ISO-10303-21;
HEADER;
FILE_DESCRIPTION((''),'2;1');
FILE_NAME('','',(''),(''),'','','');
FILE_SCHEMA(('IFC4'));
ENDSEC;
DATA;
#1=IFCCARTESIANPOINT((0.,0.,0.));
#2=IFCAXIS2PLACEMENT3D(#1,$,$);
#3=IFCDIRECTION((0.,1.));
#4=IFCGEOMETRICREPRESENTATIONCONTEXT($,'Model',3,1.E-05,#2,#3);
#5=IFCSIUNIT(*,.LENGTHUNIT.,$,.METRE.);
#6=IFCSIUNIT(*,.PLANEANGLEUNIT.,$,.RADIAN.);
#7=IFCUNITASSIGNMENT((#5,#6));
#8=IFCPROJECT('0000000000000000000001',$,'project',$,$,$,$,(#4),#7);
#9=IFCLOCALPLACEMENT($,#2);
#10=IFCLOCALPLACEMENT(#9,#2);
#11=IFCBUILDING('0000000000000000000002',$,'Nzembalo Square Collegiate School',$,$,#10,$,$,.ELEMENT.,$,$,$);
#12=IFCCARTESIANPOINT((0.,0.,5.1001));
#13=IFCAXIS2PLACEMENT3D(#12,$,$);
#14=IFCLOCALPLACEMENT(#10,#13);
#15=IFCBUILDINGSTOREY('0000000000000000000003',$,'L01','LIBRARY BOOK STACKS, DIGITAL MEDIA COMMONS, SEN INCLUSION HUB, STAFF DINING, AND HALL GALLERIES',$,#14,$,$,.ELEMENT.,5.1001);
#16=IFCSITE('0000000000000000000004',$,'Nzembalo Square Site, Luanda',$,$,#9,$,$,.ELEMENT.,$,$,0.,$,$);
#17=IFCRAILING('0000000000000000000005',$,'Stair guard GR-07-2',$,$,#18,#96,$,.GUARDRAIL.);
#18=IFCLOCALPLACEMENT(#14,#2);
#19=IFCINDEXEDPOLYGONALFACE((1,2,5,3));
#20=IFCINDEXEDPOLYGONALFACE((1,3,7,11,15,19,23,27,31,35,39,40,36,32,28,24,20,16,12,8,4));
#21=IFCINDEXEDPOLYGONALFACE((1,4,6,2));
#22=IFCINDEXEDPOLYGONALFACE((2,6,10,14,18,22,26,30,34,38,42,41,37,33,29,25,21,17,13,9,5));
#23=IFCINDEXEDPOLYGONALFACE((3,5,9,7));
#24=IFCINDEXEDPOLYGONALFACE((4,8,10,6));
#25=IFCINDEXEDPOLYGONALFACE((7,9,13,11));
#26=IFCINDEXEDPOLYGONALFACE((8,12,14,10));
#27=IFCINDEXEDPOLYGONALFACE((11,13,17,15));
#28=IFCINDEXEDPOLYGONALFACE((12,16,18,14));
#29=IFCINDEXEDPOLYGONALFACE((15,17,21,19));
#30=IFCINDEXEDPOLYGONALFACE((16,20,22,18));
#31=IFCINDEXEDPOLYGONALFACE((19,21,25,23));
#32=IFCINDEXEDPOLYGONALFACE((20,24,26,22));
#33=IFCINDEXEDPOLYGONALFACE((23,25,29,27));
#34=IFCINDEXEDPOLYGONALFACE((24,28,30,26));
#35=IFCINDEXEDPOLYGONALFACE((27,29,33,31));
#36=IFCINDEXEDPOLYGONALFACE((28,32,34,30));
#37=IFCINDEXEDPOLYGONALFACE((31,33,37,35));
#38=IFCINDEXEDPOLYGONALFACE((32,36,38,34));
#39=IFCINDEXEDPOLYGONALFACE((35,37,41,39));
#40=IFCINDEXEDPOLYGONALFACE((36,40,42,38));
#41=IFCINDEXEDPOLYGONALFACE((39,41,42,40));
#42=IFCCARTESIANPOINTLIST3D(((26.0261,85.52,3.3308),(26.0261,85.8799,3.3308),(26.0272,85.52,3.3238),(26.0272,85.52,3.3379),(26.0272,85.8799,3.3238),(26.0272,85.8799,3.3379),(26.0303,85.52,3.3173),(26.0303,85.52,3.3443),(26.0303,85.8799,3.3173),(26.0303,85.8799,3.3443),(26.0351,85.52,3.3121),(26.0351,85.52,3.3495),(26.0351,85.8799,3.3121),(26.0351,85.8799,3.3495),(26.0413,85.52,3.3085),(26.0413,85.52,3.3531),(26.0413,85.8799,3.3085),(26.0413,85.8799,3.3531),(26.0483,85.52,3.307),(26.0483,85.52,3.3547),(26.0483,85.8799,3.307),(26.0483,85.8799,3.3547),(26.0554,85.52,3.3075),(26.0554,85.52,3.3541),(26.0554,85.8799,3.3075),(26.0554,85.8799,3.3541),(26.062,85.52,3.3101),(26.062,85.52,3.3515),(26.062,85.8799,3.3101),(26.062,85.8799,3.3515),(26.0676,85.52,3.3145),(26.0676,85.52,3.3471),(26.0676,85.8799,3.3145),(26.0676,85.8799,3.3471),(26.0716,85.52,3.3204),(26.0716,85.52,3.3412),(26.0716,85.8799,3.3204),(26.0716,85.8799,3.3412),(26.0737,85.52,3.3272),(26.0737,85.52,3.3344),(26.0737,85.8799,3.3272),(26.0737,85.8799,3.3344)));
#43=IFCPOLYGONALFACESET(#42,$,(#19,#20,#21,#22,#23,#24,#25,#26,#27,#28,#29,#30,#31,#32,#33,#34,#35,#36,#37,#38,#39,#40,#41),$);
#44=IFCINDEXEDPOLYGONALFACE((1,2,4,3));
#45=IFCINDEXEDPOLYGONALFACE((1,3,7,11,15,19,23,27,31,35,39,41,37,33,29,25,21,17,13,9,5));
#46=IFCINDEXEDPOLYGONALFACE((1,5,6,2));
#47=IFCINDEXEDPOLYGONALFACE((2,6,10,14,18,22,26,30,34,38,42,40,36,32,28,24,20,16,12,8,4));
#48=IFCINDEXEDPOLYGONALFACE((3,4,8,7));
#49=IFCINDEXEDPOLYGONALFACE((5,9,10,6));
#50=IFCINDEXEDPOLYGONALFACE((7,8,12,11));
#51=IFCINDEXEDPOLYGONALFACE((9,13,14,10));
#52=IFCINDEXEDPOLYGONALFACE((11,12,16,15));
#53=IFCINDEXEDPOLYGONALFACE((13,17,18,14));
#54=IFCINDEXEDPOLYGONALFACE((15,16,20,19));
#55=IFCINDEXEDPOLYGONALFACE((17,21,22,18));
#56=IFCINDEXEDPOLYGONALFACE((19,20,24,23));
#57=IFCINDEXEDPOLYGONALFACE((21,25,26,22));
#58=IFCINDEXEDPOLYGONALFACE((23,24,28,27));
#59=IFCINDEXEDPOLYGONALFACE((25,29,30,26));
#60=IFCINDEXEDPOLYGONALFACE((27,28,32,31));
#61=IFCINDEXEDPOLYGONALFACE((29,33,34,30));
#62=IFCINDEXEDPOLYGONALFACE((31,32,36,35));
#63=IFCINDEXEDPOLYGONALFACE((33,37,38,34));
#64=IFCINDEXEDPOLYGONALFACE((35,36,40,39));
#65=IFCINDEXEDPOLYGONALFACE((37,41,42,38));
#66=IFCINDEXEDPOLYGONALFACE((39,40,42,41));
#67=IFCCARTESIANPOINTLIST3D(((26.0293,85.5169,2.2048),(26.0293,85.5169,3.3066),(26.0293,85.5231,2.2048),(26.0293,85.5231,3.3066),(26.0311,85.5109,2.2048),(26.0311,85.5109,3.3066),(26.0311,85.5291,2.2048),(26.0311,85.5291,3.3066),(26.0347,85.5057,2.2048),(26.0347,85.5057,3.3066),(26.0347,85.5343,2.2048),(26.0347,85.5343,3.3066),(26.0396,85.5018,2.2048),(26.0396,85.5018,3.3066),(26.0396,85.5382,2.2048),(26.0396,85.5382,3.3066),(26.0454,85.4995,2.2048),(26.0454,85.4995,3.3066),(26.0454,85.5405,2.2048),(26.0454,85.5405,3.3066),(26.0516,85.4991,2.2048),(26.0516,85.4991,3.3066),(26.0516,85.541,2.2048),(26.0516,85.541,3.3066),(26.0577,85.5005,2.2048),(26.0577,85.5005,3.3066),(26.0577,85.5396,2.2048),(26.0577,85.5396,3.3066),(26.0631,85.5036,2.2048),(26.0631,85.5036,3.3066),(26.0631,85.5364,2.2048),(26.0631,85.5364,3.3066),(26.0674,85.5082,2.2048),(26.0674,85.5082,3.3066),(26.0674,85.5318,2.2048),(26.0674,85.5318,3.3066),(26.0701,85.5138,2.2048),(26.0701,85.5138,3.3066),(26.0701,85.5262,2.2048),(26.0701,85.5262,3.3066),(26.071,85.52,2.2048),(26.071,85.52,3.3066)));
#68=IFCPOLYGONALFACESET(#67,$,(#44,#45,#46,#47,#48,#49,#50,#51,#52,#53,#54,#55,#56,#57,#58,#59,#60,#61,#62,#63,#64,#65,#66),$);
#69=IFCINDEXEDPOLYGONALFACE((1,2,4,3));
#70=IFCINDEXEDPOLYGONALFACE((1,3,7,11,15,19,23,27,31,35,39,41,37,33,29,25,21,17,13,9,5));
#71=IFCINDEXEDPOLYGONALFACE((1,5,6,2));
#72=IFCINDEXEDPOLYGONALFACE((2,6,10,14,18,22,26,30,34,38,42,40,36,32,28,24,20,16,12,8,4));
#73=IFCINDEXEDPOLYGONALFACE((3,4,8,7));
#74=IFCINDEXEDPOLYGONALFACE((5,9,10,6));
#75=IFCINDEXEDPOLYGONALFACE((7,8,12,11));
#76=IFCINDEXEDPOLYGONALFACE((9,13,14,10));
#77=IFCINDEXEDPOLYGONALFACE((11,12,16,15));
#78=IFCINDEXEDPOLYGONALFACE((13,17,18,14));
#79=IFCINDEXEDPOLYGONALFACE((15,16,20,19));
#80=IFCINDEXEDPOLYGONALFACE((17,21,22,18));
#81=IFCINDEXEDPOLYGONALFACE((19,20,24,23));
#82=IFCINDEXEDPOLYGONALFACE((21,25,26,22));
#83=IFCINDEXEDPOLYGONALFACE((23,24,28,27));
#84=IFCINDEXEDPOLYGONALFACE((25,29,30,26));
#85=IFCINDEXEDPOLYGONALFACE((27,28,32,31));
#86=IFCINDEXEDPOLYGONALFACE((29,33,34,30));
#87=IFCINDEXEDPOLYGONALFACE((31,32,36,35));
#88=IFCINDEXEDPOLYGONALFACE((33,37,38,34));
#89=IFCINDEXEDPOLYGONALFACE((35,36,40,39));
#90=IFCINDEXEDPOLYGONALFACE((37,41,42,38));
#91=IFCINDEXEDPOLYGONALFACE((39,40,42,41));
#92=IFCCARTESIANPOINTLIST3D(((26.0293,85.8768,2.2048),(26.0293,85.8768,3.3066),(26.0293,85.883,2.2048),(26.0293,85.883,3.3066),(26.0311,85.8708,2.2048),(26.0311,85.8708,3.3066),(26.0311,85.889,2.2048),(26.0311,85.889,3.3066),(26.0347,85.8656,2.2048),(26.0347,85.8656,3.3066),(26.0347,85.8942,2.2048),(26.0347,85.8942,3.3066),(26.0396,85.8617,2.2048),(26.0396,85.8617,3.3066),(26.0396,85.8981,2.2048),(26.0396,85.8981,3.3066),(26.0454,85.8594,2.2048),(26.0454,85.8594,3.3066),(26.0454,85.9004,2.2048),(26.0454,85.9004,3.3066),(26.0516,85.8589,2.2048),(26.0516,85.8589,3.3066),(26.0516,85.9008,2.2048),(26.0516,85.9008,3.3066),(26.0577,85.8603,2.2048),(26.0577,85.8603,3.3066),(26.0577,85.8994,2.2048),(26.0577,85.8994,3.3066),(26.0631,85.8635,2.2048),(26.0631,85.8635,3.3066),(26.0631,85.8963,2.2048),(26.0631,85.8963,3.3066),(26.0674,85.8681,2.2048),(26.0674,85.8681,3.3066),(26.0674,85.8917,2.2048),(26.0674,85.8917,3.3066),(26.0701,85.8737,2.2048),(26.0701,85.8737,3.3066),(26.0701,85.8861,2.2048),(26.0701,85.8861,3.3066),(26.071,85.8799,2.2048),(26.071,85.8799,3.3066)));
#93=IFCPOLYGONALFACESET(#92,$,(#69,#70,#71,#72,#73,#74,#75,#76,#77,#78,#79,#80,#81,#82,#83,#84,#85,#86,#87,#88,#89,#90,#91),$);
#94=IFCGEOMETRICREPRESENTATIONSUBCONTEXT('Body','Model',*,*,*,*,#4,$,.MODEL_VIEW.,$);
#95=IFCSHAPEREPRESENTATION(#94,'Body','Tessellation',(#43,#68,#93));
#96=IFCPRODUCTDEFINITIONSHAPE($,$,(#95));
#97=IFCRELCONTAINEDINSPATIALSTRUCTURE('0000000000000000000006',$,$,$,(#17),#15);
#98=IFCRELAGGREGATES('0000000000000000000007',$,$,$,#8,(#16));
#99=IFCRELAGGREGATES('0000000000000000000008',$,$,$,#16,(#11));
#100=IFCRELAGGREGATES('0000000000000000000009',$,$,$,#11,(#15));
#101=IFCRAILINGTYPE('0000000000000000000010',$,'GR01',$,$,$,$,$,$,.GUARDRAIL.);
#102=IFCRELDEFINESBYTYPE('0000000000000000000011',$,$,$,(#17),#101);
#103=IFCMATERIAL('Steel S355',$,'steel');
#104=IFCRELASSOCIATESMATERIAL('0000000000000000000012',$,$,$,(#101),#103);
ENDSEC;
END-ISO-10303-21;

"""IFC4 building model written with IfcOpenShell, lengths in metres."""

from ifc_helpers import new_model, si_unit, direction, frame, origin, origin_2d, place, context, subcontext, project, spatial, circle, extrude, material, type_object, element, save


model = new_model("IFC4")

# Units and contexts
model_context = context("Model", 3, precision=1e-05, world=origin(), true_north=direction((0.0, 1.0)))
body_context = subcontext(model_context, "Body", "Model", "MODEL_VIEW")
ifc_project = project(units=[si_unit("LENGTHUNIT", "METRE"), si_unit("PLANEANGLEUNIT", "RADIAN")], contexts=[model_context])

# Site, building, storey
site_placement = place(None, origin())
site = spatial("IfcSite", under=ifc_project, at=site_placement, Name="Nzembalo Square Site, Luanda", CompositionType="ELEMENT", RefElevation=0.0)
building_placement = place(site_placement, origin())
building = spatial("IfcBuilding", under=site, at=building_placement, Name="Nzembalo Square Collegiate School", CompositionType="ELEMENT")
storey_placement = place(building_placement, frame((0.0, 0.0, 5.1001)))
storey = spatial("IfcBuildingStorey", under=building, at=storey_placement, Name="L01", Description="LIBRARY BOOK STACKS, DIGITAL MEDIA COMMONS, SEN INCLUSION HUB, STAFF DINING, AND HALL GALLERIES", CompositionType="ELEMENT", Elevation=5.1001)

# Railing
ifc_material_1 = material(Name="Steel S355", Category="steel")
railing_type_1 = type_object("IfcRailingType", Name="GR01", PredefinedType="GUARDRAIL", material=ifc_material_1)
railing_1_placement = place(storey_placement, frame((26.05, 85.52, 2.2048)))
element("IfcRailing", 1, at=railing_1_placement, inside=storey, type_object=railing_type_1, Name="Stair guard GR-07-2", PredefinedType="GUARDRAIL", context=body_context, shape_type="SweptSolid", body=[
    extrude(circle(Radius=0.0239, at=origin_2d()), frame((0.0, 0.0, 1.126), z_axis=(0.0, 1.0, 0.0), x_axis=(-1.0, 0.0, 0.0)), (0.0, 0.0, 1.0), 0.3599),
    extrude(circle(Radius=0.021, at=origin_2d()), origin(), (0.0, 0.0, 1.0), 1.1018),
    extrude(circle(Radius=0.021, at=origin_2d()), frame((0.0, 0.3599, 0.0)), (0.0, 0.0, 1.0), 1.1018),
])

save(model, "model.ifc")
